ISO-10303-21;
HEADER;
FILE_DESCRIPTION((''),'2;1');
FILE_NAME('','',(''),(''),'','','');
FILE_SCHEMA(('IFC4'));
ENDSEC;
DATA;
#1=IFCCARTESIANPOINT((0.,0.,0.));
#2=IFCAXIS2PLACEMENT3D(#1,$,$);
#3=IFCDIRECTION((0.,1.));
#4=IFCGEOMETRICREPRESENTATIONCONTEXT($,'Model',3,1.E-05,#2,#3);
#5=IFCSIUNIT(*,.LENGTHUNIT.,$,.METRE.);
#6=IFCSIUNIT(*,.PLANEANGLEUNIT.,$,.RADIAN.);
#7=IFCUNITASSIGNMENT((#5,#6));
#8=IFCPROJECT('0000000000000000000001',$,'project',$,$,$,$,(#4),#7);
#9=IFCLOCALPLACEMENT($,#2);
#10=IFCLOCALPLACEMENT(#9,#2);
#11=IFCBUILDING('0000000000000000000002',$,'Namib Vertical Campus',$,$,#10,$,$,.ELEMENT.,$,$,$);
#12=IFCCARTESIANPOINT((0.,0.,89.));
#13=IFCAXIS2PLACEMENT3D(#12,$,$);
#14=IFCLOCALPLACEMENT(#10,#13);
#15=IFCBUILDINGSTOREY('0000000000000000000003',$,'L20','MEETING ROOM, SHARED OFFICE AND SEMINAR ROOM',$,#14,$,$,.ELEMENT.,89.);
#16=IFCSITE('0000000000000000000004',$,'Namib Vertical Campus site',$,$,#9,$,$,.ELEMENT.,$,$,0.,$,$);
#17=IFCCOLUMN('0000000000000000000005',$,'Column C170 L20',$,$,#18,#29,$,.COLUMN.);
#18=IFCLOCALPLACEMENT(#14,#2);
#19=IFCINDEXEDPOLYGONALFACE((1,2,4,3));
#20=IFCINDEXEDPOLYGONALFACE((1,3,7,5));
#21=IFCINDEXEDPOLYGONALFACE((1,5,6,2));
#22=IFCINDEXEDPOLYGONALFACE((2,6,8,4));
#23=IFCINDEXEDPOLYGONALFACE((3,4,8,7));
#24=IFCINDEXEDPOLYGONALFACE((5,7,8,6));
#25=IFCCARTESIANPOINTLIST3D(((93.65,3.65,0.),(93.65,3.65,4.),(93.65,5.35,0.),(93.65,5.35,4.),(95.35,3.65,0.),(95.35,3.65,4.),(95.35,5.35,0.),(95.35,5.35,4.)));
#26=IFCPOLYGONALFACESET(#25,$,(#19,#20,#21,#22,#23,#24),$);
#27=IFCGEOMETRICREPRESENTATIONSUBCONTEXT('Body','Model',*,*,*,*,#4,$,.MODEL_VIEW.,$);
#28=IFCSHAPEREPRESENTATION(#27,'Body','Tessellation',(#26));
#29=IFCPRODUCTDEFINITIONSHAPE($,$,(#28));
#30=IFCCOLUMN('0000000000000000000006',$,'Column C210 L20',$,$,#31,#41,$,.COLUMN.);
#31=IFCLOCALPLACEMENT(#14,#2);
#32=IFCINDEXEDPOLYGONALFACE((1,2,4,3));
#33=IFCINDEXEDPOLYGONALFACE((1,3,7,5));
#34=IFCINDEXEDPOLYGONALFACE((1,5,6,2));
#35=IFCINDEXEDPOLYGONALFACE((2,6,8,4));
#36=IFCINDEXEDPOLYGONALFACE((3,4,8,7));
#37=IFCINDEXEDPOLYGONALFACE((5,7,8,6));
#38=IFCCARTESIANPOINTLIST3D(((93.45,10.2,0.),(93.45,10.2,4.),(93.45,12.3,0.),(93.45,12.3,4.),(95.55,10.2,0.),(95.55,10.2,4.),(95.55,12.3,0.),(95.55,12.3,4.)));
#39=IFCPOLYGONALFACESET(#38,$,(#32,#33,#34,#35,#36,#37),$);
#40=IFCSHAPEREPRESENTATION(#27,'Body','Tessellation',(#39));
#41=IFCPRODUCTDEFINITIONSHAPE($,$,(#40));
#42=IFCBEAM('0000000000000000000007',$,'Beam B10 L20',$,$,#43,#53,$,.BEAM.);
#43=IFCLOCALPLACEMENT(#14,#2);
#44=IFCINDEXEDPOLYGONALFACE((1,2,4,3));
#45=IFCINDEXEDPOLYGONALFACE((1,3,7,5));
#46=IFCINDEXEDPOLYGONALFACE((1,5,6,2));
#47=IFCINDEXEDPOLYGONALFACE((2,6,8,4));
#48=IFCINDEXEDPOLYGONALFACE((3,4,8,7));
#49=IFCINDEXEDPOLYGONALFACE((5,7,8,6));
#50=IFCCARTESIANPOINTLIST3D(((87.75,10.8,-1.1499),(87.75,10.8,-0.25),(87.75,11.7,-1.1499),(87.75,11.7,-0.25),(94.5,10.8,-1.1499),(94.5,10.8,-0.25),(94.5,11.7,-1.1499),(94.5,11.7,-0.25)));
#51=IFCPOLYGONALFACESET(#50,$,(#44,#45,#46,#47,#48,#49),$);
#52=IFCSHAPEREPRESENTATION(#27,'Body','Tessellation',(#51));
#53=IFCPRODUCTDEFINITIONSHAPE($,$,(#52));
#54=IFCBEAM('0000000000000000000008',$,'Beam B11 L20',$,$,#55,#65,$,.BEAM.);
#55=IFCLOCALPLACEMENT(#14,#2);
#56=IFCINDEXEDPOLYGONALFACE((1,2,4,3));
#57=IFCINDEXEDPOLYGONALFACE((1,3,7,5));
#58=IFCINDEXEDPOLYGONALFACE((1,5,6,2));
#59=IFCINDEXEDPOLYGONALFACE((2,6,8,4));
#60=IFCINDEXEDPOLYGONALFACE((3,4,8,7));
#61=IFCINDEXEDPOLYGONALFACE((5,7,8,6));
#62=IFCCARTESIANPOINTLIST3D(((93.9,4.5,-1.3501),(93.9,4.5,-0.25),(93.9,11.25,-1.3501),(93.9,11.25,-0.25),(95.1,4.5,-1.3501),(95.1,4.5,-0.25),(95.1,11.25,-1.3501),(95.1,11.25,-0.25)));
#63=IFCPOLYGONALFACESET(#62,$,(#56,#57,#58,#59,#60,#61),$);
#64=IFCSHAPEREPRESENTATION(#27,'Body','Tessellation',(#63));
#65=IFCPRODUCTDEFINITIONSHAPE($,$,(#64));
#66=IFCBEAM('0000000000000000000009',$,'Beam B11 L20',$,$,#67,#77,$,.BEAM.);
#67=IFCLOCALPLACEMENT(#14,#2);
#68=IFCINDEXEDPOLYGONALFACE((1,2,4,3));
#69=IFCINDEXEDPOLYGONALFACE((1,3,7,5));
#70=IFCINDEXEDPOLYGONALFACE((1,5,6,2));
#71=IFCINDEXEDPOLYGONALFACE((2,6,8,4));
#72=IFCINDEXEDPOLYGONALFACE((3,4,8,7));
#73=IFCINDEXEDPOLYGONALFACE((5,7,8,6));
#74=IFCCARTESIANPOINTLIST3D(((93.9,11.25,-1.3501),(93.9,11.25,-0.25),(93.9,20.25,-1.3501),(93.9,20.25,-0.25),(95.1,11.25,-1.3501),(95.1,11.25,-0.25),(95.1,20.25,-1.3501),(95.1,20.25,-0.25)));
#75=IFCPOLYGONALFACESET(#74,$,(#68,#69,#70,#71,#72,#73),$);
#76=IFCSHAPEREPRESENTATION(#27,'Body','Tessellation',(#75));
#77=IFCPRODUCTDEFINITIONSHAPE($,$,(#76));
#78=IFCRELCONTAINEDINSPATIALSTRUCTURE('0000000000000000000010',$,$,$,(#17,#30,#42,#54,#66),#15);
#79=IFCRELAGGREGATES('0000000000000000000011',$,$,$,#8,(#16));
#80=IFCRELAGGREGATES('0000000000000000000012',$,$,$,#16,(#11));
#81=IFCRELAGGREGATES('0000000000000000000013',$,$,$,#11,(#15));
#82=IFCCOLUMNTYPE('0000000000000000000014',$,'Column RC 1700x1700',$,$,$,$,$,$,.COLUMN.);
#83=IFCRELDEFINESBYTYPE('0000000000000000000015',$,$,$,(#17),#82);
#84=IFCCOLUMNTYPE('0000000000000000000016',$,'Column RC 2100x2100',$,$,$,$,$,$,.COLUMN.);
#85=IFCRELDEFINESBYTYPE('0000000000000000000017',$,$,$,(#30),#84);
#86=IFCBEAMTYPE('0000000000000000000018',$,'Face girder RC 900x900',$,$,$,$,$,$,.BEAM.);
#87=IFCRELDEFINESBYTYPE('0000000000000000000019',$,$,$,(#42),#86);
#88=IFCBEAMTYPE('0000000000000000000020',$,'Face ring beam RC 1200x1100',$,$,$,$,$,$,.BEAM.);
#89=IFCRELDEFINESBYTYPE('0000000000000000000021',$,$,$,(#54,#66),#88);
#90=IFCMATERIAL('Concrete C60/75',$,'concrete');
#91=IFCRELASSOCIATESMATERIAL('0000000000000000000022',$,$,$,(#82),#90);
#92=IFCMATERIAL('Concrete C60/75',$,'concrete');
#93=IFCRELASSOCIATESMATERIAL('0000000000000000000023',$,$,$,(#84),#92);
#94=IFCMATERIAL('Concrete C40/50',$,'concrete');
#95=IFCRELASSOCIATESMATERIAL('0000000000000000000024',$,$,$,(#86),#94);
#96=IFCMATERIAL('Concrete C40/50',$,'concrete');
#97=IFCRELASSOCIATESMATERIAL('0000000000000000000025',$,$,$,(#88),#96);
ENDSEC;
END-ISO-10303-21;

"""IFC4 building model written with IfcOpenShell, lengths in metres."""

from ifc_helpers import new_model, si_unit, direction, frame, origin, origin_2d, place, context, subcontext, project, spatial, rectangle, extrude, material, material_profile, profile_set, type_object, element, save


model = new_model("IFC4")

# Units and contexts
model_context = context("Model", 3, precision=1e-05, world=origin(), true_north=direction((0.0, 1.0)))
body_context = subcontext(model_context, "Body", "Model", "MODEL_VIEW")
ifc_project = project(units=[si_unit("LENGTHUNIT", "METRE"), si_unit("PLANEANGLEUNIT", "RADIAN")], contexts=[model_context])

# Site, building, storey
site_placement = place(None, origin())
site = spatial("IfcSite", under=ifc_project, at=site_placement, Name="Namib Vertical Campus site", CompositionType="ELEMENT", RefElevation=0.0)
building_placement = place(site_placement, origin())
building = spatial("IfcBuilding", under=site, at=building_placement, Name="Namib Vertical Campus", CompositionType="ELEMENT")
storey_placement = place(building_placement, frame((0.0, 0.0, 89.0)))
storey = spatial("IfcBuildingStorey", under=building, at=storey_placement, Name="L20", Description="MEETING ROOM, SHARED OFFICE AND SEMINAR ROOM", CompositionType="ELEMENT", Elevation=89.0)

# Columns
ifc_material_1 = material(Name="Concrete C60/75", Category="concrete")
ifc_material_profile_1 = material_profile(ifc_material_1, rectangle(XDim=1.7, YDim=1.7, at=origin_2d()))
ifc_profile_set_1 = profile_set([ifc_material_profile_1], Name="Concrete C60/75")
column_type_1 = type_object("IfcColumnType", Name="Column RC 1700x1700", PredefinedType="COLUMN", material=ifc_profile_set_1)
column_1_placement = place(storey_placement, frame((94.5, 4.5, 0.0), z_axis=(0.0, 0.0, 1.0), x_axis=(1.0, 0.0, 0.0)))
element("IfcColumn", 1, at=column_1_placement, inside=storey, type_object=column_type_1, Name="Column C170 L20", PredefinedType="COLUMN", context=body_context, shape_type="SweptSolid", body=[
    extrude(rectangle(XDim=1.7, YDim=1.7, at=origin_2d()), origin(), (0.0, 0.0, 1.0), 4.0),
])
ifc_material_2 = material(Name="Concrete C60/75", Category="concrete")
ifc_material_profile_2 = material_profile(ifc_material_2, rectangle(XDim=2.1001, YDim=2.1001, at=origin_2d()))
ifc_profile_set_2 = profile_set([ifc_material_profile_2], Name="Concrete C60/75")
column_type_2 = type_object("IfcColumnType", Name="Column RC 2100x2100", PredefinedType="COLUMN", material=ifc_profile_set_2)
column_2_placement = place(storey_placement, frame((94.5, 11.25, 0.0), z_axis=(0.0, 0.0, 1.0), x_axis=(1.0, 0.0, 0.0)))
element("IfcColumn", 2, at=column_2_placement, inside=storey, type_object=column_type_2, Name="Column C210 L20", PredefinedType="COLUMN", context=body_context, shape_type="SweptSolid", body=[
    extrude(rectangle(XDim=2.1001, YDim=2.1001, at=origin_2d()), origin(), (0.0, 0.0, 1.0), 4.0),
])

# Beams
ifc_material_3 = material(Name="Concrete C40/50", Category="concrete")
ifc_material_profile_3 = material_profile(ifc_material_3, rectangle(XDim=0.8999, YDim=0.8999, at=origin_2d()))
ifc_profile_set_3 = profile_set([ifc_material_profile_3], Name="Concrete C40/50")
beam_type_1 = type_object("IfcBeamType", Name="Face girder RC 900x900", PredefinedType="BEAM", material=ifc_profile_set_3)
beam_1_placement = place(storey_placement, frame((94.5, 11.25, -0.7), z_axis=(-1.0, 0.0, 0.0), x_axis=(0.0, -1.0, 0.0)))
element("IfcBeam", 3, at=beam_1_placement, inside=storey, type_object=beam_type_1, Name="Beam B10 L20", PredefinedType="BEAM", context=body_context, shape_type="SweptSolid", body=[
    extrude(rectangle(XDim=0.8999, YDim=0.8999, at=origin_2d()), origin(), (0.0, 0.0, 1.0), 6.75),
])
ifc_material_4 = material(Name="Concrete C40/50", Category="concrete")
ifc_material_profile_4 = material_profile(ifc_material_4, rectangle(XDim=1.2, YDim=1.1001, at=origin_2d()))
ifc_profile_set_4 = profile_set([ifc_material_profile_4], Name="Concrete C40/50")
beam_type_2 = type_object("IfcBeamType", Name="Face ring beam RC 1200x1100", PredefinedType="BEAM", material=ifc_profile_set_4)
beam_2_placement = place(storey_placement, frame((94.5, 4.5, -0.8), z_axis=(0.0, 1.0, 0.0), x_axis=(-1.0, 0.0, 0.0)))
element("IfcBeam", 4, at=beam_2_placement, inside=storey, type_object=beam_type_2, Name="Beam B11 L20", PredefinedType="BEAM", context=body_context, shape_type="SweptSolid", body=[
    extrude(rectangle(XDim=1.2, YDim=1.1001, at=origin_2d()), origin(), (0.0, 0.0, 1.0), 6.75),
])
beam_3_placement = place(storey_placement, frame((94.5, 11.25, -0.8), z_axis=(0.0, 1.0, 0.0), x_axis=(-1.0, 0.0, 0.0)))
element("IfcBeam", 5, at=beam_3_placement, inside=storey, type_object=beam_type_2, Name="Beam B11 L20", PredefinedType="BEAM", context=body_context, shape_type="SweptSolid", body=[
    extrude(rectangle(XDim=1.2, YDim=1.1001, at=origin_2d()), origin(), (0.0, 0.0, 1.0), 9.0),
])

save(model, "model.ifc")
